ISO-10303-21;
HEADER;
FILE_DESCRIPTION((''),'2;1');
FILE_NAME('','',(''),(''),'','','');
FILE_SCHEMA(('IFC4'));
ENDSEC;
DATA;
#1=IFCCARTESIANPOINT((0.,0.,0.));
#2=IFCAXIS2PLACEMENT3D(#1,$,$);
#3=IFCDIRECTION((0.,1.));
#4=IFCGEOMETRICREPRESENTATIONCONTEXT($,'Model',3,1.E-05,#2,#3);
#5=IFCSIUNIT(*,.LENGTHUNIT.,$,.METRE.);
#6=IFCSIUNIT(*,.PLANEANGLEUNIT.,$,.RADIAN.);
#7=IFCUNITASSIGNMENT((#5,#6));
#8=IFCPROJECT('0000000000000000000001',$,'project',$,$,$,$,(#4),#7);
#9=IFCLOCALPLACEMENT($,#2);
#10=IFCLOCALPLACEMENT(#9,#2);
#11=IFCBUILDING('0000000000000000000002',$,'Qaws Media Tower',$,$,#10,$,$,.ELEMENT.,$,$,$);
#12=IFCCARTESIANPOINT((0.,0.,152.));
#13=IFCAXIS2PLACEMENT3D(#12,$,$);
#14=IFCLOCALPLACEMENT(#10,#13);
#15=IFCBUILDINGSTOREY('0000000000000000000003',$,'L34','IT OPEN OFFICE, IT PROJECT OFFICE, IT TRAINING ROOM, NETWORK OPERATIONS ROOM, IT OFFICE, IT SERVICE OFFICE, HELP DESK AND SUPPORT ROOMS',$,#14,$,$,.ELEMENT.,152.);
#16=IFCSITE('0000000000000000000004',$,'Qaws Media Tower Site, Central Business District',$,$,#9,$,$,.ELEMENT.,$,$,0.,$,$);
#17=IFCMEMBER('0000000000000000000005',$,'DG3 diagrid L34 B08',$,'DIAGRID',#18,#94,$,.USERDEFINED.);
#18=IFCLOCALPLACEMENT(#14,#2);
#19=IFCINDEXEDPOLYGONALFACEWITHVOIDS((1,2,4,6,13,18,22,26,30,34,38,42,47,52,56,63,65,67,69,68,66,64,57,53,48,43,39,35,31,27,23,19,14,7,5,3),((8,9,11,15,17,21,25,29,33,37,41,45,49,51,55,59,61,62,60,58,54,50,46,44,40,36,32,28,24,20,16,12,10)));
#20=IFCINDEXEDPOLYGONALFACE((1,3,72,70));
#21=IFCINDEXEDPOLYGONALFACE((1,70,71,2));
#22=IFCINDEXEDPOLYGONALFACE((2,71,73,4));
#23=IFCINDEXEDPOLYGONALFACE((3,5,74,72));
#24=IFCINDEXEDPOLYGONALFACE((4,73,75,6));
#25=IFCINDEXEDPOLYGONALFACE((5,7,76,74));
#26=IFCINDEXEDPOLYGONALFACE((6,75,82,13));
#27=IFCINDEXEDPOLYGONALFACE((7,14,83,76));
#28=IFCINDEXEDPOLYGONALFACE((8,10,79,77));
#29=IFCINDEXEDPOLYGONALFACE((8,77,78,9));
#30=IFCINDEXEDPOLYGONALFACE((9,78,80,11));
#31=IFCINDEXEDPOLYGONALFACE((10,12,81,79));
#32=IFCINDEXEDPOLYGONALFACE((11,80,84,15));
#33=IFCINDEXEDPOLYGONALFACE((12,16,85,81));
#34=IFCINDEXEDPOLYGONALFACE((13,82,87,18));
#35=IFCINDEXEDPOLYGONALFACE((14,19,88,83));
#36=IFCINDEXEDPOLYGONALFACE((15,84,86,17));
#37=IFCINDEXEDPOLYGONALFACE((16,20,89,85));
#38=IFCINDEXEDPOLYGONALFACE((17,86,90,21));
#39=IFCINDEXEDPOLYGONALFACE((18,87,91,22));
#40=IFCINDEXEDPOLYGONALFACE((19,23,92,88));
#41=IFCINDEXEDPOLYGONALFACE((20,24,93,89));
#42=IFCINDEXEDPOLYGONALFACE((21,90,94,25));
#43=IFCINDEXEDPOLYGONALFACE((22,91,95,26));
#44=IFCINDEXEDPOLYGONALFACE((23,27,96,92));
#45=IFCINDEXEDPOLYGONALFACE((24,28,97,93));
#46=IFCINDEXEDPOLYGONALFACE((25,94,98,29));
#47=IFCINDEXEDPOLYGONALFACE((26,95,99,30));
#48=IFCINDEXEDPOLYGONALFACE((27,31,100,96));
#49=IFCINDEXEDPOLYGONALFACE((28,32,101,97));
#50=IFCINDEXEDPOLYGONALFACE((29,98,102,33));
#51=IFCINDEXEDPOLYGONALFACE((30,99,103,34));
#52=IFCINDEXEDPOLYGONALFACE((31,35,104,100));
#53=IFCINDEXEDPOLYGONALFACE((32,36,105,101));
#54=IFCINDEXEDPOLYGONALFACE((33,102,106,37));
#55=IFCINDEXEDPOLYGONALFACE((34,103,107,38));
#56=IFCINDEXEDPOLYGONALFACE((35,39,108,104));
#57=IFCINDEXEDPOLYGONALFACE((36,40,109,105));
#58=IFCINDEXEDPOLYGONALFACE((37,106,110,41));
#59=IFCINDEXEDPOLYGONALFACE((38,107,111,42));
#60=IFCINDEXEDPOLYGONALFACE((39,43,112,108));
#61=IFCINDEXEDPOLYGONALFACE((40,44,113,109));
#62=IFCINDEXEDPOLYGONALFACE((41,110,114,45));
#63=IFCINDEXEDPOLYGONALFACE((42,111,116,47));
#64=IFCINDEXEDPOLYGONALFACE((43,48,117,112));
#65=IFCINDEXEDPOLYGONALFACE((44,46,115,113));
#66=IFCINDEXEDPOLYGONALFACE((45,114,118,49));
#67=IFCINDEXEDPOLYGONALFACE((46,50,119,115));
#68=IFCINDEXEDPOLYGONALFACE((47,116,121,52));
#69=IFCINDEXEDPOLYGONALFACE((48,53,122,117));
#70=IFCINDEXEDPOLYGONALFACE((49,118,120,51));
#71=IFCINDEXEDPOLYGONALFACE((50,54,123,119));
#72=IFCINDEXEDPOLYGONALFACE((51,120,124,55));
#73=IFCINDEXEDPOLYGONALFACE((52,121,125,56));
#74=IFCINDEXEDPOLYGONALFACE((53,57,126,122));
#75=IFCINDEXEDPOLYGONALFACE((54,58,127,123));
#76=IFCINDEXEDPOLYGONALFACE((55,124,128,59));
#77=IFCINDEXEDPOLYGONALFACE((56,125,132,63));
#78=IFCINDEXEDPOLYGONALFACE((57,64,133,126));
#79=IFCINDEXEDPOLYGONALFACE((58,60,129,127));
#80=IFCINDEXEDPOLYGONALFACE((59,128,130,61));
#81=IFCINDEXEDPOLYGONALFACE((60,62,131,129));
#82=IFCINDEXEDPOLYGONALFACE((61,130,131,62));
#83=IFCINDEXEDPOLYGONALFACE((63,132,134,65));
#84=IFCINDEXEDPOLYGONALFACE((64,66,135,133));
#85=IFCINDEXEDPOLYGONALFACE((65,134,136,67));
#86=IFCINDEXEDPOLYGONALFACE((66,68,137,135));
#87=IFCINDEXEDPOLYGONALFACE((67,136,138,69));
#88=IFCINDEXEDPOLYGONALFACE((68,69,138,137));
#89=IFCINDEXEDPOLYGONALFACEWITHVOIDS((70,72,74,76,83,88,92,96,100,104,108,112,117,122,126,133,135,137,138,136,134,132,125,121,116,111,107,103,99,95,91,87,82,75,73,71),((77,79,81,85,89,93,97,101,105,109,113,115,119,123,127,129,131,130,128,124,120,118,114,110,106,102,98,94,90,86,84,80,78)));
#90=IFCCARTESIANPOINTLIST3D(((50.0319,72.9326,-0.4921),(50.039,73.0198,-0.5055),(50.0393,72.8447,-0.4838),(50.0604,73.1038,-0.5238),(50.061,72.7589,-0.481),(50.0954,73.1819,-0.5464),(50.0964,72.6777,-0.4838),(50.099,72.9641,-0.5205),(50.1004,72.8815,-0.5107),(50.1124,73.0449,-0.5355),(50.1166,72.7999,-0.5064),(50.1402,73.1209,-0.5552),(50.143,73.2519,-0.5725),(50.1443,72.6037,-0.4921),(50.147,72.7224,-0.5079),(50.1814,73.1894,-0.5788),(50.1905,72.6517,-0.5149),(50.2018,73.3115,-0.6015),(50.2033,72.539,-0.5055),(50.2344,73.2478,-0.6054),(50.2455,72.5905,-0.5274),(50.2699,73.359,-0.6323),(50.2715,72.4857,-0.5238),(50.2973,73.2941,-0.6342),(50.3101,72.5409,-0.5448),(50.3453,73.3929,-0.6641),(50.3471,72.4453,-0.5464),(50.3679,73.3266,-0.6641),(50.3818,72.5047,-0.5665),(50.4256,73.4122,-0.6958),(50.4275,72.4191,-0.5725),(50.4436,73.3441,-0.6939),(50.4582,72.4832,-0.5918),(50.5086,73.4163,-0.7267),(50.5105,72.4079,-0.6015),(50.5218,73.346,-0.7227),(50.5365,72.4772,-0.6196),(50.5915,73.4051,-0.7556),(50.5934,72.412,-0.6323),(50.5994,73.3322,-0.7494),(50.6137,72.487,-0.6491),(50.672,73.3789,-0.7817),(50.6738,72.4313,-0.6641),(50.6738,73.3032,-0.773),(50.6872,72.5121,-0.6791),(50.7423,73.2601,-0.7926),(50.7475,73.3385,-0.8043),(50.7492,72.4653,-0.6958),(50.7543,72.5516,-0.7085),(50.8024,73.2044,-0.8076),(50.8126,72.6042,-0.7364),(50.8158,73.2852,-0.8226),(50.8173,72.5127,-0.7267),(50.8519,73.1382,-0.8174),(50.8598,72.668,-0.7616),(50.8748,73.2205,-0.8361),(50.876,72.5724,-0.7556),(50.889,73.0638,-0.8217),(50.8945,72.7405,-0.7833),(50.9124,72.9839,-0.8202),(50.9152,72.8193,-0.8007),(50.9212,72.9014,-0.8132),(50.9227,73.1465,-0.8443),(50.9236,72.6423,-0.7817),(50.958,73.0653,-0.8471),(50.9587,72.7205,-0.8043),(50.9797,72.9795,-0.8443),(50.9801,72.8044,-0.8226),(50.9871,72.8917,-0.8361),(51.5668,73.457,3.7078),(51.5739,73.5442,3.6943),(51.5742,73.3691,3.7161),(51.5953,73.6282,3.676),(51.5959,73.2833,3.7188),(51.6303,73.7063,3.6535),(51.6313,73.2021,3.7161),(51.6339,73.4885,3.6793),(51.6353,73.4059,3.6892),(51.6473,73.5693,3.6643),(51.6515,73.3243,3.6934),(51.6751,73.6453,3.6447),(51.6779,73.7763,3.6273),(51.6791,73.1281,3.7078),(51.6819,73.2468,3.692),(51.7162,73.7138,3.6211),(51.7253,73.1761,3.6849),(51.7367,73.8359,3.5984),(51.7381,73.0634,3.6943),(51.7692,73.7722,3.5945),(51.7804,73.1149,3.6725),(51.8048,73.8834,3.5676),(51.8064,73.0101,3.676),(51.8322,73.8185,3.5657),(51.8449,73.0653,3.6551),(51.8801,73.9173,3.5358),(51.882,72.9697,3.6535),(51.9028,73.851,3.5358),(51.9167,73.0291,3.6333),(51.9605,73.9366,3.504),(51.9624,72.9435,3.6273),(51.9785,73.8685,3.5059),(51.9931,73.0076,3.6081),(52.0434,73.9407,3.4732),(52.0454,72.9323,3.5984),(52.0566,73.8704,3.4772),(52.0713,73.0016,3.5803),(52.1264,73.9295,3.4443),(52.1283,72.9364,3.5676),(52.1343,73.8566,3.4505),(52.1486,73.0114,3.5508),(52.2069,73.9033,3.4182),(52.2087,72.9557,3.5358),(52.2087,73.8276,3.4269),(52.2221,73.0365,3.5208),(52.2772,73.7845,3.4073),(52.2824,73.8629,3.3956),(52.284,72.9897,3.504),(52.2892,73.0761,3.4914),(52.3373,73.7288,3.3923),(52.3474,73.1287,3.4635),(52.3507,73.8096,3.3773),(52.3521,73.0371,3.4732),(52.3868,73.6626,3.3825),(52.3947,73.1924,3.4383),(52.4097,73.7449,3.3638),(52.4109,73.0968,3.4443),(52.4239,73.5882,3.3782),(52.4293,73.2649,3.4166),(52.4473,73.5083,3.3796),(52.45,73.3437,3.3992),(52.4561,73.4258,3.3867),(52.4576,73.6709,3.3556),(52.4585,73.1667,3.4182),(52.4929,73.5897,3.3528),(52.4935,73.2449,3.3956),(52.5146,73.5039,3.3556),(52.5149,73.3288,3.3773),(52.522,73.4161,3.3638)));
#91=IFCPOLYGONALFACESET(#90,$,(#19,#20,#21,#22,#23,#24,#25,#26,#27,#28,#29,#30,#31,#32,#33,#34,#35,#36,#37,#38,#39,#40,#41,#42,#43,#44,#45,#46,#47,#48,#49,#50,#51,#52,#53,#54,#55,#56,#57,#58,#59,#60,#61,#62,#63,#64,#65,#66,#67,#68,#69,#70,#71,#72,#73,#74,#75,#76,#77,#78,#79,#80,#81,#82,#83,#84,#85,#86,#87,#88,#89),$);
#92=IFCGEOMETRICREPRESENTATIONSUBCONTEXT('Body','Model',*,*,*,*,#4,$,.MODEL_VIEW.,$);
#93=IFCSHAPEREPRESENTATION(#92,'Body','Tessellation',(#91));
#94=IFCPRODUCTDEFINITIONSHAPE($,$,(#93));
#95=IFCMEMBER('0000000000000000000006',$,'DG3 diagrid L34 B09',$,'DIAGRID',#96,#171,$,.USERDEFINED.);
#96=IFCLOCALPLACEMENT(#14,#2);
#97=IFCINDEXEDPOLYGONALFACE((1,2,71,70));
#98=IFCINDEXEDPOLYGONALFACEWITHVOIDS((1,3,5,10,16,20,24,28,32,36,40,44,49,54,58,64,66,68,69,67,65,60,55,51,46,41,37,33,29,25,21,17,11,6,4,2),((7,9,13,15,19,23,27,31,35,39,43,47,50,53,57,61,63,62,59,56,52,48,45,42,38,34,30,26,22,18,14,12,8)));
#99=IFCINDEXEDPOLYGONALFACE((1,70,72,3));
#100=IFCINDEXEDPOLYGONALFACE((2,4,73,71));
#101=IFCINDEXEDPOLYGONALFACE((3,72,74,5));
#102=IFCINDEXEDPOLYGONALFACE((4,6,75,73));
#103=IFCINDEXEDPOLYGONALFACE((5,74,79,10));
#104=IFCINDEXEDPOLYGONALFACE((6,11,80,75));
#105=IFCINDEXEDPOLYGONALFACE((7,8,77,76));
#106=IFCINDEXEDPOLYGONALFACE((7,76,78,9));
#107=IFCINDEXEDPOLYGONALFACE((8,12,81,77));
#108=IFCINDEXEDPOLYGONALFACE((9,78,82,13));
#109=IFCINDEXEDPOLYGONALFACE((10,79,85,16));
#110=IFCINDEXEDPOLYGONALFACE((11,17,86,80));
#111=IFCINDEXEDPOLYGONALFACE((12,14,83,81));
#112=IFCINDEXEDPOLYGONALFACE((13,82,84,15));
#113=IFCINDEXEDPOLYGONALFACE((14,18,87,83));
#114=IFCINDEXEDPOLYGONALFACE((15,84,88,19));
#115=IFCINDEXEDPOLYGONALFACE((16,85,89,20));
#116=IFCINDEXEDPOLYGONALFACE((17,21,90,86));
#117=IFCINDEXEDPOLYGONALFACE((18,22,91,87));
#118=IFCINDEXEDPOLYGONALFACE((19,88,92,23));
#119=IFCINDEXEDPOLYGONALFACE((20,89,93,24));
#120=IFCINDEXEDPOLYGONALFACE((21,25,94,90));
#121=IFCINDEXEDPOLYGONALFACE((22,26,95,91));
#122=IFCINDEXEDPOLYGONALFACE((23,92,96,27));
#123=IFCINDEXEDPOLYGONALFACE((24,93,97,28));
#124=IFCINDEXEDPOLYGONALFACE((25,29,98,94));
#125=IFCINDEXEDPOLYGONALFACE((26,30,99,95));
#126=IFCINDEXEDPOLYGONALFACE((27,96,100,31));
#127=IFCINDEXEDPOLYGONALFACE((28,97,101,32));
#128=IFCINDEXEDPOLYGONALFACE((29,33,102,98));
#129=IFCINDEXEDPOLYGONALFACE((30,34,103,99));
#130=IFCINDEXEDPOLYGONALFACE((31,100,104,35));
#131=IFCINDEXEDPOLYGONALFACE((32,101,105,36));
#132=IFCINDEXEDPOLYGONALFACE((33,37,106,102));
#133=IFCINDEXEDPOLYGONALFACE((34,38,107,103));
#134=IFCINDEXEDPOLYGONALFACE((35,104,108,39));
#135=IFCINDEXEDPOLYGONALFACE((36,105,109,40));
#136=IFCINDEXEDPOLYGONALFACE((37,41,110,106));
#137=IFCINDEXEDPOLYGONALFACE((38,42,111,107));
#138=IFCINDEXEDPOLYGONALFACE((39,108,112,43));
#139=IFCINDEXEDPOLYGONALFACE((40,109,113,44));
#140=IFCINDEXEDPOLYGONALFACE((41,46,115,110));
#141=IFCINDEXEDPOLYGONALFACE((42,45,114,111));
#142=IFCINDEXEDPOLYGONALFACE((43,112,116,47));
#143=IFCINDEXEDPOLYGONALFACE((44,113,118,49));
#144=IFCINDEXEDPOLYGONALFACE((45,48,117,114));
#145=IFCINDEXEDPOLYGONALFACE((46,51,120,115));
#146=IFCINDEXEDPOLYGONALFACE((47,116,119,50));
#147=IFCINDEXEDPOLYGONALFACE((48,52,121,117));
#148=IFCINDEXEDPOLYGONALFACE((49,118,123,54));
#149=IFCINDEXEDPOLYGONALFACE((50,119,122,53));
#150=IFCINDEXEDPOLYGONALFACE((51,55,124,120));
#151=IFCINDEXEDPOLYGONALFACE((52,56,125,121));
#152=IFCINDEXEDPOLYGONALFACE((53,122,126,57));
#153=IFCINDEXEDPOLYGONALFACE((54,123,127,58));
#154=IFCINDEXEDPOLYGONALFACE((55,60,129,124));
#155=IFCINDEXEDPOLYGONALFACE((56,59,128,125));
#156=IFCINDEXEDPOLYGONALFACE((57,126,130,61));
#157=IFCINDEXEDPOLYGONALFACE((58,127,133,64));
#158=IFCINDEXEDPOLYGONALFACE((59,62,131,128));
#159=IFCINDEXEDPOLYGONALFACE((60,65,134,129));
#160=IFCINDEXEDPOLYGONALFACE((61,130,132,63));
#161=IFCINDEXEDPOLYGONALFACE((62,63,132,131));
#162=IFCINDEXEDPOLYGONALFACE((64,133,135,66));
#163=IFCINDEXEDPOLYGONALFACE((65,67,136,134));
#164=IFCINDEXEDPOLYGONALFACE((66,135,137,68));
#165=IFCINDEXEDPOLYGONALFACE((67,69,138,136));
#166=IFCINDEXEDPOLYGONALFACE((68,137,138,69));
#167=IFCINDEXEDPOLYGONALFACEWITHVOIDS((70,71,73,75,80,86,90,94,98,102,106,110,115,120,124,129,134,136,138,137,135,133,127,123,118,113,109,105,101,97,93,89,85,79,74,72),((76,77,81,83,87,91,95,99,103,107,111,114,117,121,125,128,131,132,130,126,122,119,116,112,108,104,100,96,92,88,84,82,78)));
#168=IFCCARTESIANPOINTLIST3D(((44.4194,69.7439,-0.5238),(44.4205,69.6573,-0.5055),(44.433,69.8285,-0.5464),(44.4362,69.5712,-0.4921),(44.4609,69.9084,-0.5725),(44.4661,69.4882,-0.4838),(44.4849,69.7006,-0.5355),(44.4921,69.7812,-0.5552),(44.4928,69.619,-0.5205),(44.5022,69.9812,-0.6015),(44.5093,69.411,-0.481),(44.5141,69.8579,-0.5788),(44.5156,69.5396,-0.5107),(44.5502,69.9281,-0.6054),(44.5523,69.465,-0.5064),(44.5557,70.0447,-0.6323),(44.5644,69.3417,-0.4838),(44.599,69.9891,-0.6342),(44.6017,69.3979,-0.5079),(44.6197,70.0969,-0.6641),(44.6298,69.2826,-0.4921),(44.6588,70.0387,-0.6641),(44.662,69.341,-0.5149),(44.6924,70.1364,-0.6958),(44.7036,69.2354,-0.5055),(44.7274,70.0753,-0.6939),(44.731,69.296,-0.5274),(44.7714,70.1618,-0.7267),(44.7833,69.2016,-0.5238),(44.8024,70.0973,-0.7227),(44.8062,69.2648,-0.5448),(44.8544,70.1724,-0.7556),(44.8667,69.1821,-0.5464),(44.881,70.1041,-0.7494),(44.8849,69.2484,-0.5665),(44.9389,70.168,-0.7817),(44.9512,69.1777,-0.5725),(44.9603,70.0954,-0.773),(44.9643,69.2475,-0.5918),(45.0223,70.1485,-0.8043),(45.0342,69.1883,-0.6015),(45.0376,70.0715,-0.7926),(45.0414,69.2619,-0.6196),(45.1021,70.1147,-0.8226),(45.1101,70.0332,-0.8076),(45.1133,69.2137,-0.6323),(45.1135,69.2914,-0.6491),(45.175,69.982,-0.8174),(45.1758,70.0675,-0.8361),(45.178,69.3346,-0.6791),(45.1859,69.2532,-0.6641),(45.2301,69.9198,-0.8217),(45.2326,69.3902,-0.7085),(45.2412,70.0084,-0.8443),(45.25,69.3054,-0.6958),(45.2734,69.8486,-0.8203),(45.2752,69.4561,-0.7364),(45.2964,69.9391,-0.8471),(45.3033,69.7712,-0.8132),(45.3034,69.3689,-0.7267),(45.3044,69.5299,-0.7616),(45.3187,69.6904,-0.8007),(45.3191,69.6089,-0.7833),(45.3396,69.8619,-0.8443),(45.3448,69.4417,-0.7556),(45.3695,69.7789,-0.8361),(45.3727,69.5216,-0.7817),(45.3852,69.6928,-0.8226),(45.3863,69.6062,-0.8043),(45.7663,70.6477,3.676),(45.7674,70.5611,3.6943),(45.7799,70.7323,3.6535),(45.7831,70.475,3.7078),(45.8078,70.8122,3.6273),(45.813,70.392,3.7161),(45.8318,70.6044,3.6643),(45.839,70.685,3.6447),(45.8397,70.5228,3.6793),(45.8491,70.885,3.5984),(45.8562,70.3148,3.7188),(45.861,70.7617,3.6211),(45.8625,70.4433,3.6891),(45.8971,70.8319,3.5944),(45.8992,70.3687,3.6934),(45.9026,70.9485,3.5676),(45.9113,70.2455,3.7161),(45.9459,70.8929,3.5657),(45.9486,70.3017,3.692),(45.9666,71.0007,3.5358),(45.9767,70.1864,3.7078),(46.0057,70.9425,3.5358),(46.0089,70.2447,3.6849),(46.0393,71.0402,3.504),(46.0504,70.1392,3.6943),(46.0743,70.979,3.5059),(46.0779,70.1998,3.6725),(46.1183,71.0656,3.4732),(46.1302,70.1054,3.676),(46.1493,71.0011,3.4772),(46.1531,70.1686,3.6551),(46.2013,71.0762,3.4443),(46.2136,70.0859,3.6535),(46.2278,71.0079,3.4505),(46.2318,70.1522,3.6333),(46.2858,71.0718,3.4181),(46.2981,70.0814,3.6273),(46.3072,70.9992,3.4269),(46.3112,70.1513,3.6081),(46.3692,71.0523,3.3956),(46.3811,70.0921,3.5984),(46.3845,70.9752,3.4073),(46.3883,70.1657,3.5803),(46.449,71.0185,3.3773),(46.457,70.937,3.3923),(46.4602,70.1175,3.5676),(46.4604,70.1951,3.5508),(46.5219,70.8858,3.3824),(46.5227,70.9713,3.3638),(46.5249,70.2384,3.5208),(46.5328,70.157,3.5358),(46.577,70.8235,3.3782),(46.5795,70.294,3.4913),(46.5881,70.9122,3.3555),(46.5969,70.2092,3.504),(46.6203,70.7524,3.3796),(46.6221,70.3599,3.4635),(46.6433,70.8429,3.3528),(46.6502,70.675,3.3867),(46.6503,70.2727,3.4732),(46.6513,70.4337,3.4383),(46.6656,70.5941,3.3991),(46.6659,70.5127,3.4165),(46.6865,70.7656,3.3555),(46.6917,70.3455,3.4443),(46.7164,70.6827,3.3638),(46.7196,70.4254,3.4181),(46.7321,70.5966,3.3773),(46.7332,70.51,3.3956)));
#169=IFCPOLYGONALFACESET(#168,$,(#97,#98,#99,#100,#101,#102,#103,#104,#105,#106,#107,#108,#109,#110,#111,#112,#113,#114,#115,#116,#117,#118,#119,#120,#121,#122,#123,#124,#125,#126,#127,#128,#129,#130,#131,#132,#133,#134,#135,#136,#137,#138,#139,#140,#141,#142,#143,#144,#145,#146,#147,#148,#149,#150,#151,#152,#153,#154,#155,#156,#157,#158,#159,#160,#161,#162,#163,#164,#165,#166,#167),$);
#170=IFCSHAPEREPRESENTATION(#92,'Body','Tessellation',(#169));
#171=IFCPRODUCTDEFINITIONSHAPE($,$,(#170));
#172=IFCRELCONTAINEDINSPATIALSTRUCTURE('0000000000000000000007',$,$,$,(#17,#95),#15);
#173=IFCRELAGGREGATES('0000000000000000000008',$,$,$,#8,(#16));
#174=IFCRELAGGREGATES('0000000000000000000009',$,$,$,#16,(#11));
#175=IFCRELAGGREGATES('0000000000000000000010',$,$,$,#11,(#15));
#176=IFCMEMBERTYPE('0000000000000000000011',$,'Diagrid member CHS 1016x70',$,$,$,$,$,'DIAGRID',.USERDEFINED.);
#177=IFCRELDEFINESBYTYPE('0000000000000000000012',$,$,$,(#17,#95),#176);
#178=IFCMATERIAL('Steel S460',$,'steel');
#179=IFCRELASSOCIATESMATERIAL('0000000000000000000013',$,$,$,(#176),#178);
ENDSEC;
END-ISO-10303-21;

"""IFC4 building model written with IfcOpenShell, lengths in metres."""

from ifc_helpers import new_model, si_unit, direction, frame, origin, origin_2d, place, context, subcontext, project, spatial, hollow_circle, extrude, material, material_profile, profile_set, type_object, element, save


model = new_model("IFC4")

# Units and contexts
model_context = context("Model", 3, precision=1e-05, world=origin(), true_north=direction((0.0, 1.0)))
body_context = subcontext(model_context, "Body", "Model", "MODEL_VIEW")
ifc_project = project(units=[si_unit("LENGTHUNIT", "METRE"), si_unit("PLANEANGLEUNIT", "RADIAN")], contexts=[model_context])

# Site, building, storey
site_placement = place(None, origin())
site = spatial("IfcSite", under=ifc_project, at=site_placement, Name="Qaws Media Tower Site, Central Business District", CompositionType="ELEMENT", RefElevation=0.0)
building_placement = place(site_placement, origin())
building = spatial("IfcBuilding", under=site, at=building_placement, Name="Qaws Media Tower", CompositionType="ELEMENT")
storey_placement = place(building_placement, frame((0.0, 0.0, 152.0)))
storey = spatial("IfcBuildingStorey", under=building, at=storey_placement, Name="L34", Description="IT OPEN OFFICE, IT PROJECT OFFICE, IT TRAINING ROOM, NETWORK OPERATIONS ROOM, IT OFFICE, IT SERVICE OFFICE, HELP DESK AND SUPPORT ROOMS", CompositionType="ELEMENT", Elevation=152.0)

# Members
ifc_material_1 = material(Name="Steel S460", Category="steel")
ifc_material_profile_1 = material_profile(ifc_material_1, hollow_circle(Radius=0.5081, WallThickness=0.0701, at=origin_2d()), Name="CHS 1016x70")
ifc_profile_set_1 = profile_set([ifc_material_profile_1], Name="Steel S460")
member_type_1 = type_object("IfcMemberType", Name="Diagrid member CHS 1016x70", ElementType="DIAGRID", PredefinedType="USERDEFINED", material=ifc_profile_set_1)
for number, where, z_axis, x_axis, name in (
    (1, (50.5095, 72.9121, -0.6641), (0.340919, 0.116477, 0.932849), (-0.323308, 0.946294, 0.0), "DG3 diagrid L34 B08"),
    (2, (44.9028, 69.675, -0.6641), (0.299164, 0.200744, 0.932847), (-0.557199, 0.830379, 0.0), "DG3 diagrid L34 B09"),
):
    element("IfcMember", number, at=place(storey_placement, frame(where, z_axis=z_axis, x_axis=x_axis)), inside=storey, type_object=member_type_1, Name=name, ObjectType="DIAGRID", PredefinedType="USERDEFINED", context=body_context, shape_type="SweptSolid", body=[
        extrude(hollow_circle(Radius=0.5081, WallThickness=0.0701, at=origin_2d()), origin(), (0.0, 0.0, 1.0), 4.5022),
    ])

save(model, "model.ifc")
